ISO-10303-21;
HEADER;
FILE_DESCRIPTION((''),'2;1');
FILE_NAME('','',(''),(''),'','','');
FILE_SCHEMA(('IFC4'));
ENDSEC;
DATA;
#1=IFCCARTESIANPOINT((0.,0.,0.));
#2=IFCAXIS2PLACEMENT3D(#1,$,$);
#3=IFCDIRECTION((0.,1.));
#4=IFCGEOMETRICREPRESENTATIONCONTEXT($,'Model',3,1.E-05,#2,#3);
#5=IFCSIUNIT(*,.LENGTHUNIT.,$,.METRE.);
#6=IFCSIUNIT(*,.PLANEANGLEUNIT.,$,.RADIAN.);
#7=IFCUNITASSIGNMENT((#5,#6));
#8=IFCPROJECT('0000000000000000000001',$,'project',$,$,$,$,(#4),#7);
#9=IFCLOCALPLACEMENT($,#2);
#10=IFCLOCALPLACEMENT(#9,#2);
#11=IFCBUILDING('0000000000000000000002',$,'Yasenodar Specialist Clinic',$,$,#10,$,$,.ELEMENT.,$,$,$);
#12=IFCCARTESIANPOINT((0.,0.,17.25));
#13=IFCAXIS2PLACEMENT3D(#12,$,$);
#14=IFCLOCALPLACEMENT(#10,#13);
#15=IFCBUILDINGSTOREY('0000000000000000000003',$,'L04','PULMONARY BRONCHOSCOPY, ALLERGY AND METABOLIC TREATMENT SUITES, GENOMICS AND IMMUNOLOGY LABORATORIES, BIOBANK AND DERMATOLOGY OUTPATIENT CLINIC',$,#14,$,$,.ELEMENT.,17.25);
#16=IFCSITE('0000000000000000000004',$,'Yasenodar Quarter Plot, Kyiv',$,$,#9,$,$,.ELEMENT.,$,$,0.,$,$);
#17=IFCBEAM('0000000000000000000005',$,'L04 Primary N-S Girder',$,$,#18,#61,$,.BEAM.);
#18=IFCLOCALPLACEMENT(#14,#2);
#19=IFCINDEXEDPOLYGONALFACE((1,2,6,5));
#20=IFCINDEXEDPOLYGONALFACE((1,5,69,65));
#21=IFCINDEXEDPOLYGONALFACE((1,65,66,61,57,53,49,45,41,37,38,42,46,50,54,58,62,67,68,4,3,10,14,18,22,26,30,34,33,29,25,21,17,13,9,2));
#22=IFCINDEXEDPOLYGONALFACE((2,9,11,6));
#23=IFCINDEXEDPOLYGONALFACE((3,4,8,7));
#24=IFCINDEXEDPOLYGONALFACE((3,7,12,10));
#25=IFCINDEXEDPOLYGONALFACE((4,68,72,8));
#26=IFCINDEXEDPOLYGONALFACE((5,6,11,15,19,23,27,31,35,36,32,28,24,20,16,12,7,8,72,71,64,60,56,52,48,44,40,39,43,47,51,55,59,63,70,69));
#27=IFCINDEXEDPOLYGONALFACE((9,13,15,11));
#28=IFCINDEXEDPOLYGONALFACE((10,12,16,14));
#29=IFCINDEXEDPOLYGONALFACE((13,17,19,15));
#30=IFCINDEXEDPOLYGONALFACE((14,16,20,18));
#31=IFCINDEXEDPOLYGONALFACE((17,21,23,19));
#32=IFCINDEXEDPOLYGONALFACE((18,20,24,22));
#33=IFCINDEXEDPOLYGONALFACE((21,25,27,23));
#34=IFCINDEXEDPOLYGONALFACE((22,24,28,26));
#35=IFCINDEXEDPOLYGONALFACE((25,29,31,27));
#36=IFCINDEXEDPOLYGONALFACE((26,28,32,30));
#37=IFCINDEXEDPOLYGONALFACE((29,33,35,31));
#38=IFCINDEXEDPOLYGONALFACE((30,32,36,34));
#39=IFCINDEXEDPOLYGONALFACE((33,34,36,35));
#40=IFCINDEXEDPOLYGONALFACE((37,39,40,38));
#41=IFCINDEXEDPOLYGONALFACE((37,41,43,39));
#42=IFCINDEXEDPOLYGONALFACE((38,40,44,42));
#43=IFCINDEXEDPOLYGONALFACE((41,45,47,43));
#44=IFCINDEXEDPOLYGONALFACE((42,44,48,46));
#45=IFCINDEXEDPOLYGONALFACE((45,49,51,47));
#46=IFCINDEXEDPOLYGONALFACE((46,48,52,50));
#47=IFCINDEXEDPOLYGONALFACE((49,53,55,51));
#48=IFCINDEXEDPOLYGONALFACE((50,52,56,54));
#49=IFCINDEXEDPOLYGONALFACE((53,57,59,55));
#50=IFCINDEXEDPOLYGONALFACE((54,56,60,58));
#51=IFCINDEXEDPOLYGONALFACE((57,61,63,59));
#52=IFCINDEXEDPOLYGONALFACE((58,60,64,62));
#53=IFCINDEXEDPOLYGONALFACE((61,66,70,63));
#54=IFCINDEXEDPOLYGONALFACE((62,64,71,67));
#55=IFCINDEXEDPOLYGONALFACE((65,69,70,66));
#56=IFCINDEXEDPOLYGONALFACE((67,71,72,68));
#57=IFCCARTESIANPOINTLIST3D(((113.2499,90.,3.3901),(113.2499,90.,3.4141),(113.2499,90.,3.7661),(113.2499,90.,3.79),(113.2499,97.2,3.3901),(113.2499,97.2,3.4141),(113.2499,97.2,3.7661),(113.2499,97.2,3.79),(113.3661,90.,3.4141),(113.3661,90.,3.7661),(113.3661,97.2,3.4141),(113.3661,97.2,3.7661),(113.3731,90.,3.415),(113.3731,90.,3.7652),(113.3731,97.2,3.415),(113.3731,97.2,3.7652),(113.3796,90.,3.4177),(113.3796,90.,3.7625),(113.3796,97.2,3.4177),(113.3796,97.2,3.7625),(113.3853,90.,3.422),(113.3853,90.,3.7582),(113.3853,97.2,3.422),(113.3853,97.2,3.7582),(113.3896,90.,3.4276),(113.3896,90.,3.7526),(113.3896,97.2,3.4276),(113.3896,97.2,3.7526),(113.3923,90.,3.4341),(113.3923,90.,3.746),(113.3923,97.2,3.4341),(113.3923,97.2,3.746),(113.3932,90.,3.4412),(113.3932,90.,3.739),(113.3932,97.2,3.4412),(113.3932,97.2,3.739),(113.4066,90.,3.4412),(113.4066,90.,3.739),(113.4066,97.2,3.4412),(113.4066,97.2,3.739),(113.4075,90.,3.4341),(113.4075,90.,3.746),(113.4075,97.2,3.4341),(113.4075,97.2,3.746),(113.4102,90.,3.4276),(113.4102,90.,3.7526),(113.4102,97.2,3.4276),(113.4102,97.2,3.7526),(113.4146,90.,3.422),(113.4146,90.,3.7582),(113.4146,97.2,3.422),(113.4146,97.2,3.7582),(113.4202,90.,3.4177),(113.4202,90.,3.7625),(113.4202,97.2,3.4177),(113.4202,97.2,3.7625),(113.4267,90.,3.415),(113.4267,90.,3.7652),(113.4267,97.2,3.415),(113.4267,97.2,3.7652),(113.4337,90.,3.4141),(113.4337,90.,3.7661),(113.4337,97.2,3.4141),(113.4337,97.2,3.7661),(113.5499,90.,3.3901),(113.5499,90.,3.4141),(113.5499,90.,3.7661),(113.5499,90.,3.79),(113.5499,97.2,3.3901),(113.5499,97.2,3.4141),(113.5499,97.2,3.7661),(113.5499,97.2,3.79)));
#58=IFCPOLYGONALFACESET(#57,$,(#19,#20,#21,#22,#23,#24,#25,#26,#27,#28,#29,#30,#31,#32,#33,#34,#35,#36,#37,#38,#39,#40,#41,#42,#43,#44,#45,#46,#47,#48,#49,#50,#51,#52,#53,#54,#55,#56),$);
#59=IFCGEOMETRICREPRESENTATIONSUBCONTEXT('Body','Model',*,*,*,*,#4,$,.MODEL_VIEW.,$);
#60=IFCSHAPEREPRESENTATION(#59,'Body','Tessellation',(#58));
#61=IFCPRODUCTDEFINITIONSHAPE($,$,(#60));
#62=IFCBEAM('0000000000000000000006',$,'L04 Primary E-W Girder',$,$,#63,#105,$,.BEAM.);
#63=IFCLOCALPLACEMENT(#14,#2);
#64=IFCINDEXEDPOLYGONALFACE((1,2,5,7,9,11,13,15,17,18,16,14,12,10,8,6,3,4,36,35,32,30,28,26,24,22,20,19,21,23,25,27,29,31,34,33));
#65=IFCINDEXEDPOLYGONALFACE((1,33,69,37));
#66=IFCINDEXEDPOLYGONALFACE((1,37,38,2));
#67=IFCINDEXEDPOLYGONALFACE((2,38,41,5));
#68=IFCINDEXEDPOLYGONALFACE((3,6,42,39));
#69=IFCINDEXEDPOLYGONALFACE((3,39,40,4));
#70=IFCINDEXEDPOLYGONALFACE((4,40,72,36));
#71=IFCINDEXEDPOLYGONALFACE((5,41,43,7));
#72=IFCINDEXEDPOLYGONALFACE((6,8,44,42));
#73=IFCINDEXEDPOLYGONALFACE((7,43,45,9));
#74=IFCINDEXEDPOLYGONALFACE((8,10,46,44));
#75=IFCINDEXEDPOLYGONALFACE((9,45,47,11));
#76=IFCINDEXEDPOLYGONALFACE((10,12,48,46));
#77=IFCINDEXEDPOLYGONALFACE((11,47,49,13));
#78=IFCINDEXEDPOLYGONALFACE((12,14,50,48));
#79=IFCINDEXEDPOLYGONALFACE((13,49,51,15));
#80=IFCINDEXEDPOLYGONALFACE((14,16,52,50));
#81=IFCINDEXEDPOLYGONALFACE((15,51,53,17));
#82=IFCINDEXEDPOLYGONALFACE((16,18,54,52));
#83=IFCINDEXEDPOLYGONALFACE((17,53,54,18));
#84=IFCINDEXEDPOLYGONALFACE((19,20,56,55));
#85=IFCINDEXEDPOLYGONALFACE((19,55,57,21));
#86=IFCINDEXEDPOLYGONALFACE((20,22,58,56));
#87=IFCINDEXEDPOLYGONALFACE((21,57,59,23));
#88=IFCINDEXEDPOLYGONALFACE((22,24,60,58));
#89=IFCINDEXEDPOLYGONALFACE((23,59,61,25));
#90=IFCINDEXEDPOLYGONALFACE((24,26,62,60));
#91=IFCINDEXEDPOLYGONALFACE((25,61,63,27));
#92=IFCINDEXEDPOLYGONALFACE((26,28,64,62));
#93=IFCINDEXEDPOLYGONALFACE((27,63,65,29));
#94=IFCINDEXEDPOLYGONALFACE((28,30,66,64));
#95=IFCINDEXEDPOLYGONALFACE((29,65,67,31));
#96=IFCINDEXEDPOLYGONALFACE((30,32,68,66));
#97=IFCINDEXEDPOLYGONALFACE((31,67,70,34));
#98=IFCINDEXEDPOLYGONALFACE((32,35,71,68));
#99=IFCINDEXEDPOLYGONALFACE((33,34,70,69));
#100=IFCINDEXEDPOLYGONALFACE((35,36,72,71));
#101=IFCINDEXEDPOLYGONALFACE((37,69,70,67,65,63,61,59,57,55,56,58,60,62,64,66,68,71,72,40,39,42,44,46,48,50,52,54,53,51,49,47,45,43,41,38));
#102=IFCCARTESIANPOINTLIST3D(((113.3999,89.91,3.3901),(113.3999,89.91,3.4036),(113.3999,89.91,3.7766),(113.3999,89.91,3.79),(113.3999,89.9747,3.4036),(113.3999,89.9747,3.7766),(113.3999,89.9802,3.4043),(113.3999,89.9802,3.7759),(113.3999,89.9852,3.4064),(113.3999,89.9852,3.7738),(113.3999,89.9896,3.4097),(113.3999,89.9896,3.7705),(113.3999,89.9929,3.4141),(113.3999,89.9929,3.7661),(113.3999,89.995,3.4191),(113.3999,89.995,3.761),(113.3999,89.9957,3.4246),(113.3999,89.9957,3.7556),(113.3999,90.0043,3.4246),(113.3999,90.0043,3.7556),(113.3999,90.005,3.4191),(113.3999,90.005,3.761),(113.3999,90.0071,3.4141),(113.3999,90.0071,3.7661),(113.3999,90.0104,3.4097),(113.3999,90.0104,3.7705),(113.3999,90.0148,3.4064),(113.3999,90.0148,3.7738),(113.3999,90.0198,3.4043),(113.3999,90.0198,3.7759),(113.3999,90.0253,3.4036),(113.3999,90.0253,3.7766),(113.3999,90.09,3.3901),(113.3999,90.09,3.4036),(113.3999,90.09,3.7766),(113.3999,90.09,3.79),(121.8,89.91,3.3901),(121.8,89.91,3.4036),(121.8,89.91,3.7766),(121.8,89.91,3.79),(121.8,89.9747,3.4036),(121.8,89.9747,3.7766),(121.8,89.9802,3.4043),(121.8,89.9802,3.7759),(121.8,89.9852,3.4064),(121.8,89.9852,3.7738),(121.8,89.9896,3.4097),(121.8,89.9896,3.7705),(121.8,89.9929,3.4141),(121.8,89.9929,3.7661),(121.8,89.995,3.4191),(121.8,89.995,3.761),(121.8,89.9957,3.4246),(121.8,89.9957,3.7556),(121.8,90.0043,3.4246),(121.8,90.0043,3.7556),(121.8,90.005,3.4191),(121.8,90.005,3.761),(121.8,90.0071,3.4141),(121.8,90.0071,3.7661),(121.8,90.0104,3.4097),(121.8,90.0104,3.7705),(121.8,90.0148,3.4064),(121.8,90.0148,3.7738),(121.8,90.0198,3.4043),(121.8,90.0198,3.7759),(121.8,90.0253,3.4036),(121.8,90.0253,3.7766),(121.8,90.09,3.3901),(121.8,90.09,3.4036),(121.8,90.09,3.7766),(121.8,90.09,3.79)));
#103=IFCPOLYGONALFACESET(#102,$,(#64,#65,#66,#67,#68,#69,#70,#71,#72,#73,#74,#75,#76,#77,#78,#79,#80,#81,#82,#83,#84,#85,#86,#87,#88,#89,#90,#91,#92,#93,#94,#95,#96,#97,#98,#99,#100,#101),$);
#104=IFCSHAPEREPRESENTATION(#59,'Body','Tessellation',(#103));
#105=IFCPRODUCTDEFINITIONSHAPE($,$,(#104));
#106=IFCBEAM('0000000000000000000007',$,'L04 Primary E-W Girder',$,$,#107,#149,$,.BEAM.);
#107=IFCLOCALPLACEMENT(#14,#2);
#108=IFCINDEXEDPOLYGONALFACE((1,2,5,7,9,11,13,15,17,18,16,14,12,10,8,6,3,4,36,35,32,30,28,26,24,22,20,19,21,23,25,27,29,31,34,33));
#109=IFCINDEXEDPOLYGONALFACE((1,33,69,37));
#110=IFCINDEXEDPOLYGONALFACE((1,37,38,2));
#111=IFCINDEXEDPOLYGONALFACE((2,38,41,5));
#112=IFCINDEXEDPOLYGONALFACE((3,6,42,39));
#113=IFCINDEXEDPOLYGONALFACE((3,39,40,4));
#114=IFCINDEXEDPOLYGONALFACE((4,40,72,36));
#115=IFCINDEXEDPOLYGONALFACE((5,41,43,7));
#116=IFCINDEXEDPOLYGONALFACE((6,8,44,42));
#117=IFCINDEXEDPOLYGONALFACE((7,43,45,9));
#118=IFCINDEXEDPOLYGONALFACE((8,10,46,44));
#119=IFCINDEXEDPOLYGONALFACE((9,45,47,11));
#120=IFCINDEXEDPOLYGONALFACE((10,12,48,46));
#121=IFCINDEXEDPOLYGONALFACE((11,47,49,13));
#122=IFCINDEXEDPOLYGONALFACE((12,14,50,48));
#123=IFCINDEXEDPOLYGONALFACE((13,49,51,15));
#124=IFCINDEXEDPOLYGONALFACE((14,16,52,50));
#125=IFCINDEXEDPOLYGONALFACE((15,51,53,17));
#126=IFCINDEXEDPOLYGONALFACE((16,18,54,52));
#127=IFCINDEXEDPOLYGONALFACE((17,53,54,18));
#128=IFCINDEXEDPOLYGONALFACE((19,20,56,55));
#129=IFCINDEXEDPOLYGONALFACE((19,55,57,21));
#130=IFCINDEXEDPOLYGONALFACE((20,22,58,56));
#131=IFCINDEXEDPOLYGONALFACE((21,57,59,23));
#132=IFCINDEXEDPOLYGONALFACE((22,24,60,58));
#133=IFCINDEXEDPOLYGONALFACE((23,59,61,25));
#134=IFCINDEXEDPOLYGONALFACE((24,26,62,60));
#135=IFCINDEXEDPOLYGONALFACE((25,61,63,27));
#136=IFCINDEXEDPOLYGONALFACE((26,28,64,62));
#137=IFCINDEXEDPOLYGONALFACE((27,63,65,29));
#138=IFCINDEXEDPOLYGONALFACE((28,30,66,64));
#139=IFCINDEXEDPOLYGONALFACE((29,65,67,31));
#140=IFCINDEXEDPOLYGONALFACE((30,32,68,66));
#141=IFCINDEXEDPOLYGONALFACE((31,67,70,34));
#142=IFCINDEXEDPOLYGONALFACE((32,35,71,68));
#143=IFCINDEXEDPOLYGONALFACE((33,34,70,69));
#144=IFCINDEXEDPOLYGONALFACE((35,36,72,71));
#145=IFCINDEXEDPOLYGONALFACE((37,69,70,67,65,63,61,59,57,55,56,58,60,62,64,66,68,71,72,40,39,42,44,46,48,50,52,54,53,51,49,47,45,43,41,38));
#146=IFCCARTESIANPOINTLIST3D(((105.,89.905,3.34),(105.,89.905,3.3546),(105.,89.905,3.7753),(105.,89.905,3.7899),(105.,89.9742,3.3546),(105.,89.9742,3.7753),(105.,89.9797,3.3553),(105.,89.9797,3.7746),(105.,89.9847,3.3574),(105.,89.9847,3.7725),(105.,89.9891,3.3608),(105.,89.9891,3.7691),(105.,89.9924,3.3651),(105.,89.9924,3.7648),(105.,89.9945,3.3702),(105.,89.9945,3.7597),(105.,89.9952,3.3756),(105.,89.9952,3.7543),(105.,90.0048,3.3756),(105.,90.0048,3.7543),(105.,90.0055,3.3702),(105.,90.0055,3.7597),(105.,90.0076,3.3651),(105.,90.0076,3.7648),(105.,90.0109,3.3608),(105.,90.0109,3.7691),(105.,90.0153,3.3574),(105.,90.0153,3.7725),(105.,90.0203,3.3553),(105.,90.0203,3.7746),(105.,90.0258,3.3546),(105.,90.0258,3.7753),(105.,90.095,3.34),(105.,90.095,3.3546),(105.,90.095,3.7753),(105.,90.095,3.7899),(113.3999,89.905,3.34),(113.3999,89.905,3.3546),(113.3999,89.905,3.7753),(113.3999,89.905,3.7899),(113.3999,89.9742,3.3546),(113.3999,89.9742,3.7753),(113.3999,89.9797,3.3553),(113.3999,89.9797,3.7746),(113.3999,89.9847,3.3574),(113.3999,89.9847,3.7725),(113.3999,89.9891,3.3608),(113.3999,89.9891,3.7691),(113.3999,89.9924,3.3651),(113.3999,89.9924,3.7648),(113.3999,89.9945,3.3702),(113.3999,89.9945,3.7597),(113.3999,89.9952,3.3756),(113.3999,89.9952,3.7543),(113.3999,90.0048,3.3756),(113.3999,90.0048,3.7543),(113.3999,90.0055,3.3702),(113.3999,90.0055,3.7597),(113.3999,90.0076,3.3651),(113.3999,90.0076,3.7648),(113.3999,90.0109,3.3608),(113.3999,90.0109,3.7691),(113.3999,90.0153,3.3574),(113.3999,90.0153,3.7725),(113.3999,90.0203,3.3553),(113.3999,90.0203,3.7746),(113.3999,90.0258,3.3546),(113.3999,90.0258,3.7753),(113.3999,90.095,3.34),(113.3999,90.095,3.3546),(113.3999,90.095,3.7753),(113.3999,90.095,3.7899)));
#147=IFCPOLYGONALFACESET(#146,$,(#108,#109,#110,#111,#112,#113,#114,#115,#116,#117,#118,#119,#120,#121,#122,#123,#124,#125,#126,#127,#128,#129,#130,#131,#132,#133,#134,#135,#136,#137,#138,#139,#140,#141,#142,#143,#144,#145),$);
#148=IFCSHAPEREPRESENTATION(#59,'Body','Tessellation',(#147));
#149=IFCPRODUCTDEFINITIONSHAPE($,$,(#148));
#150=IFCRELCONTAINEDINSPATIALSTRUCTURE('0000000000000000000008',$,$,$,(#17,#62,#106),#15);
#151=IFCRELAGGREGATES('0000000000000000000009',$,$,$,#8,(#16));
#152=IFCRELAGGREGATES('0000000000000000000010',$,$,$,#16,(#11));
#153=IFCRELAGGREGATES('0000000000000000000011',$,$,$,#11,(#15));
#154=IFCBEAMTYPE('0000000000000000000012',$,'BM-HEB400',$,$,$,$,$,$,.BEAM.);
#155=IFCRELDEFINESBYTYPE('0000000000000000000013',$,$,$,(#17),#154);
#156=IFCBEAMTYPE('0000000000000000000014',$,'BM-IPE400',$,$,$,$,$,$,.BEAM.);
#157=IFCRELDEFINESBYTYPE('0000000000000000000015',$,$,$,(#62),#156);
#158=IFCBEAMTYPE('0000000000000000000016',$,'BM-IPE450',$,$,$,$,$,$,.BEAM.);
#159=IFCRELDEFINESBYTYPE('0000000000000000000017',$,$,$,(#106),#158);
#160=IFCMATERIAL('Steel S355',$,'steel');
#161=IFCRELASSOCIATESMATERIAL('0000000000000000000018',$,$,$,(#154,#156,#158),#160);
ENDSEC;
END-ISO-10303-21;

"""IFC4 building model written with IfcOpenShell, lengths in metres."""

from ifc_helpers import new_model, si_unit, direction, frame, origin, origin_2d, place, context, subcontext, project, spatial, i_section, extrude, material, material_profile, profile_set, type_object, element, save


model = new_model("IFC4")

# Units and contexts
model_context = context("Model", 3, precision=1e-05, world=origin(), true_north=direction((0.0, 1.0)))
body_context = subcontext(model_context, "Body", "Model", "MODEL_VIEW")
ifc_project = project(units=[si_unit("LENGTHUNIT", "METRE"), si_unit("PLANEANGLEUNIT", "RADIAN")], contexts=[model_context])

# Site, building, storey
site_placement = place(None, origin())
site = spatial("IfcSite", under=ifc_project, at=site_placement, Name="Yasenodar Quarter Plot, Kyiv", CompositionType="ELEMENT", RefElevation=0.0)
building_placement = place(site_placement, origin())
building = spatial("IfcBuilding", under=site, at=building_placement, Name="Yasenodar Specialist Clinic", CompositionType="ELEMENT")
storey_placement = place(building_placement, frame((0.0, 0.0, 17.25)))
storey = spatial("IfcBuildingStorey", under=building, at=storey_placement, Name="L04", Description="PULMONARY BRONCHOSCOPY, ALLERGY AND METABOLIC TREATMENT SUITES, GENOMICS AND IMMUNOLOGY LABORATORIES, BIOBANK AND DERMATOLOGY OUTPATIENT CLINIC", CompositionType="ELEMENT", Elevation=17.25)

# Shared definitions
ifc_material_1 = material(Name="Steel S355", Category="steel")

# Beams
ifc_material_profile_1 = material_profile(ifc_material_1, i_section(OverallWidth=0.3, OverallDepth=0.3999, WebThickness=0.0134, FlangeThickness=0.0239, FilletRadius=0.0271, at=origin_2d()), Name="HEB 400")
ifc_profile_set_1 = profile_set([ifc_material_profile_1], Name="Steel S355")
beam_type_1 = type_object("IfcBeamType", Name="BM-HEB400", PredefinedType="BEAM", material=ifc_profile_set_1)
beam_1_placement = place(storey_placement, frame((113.3999, 90.0, 3.5901), z_axis=(0.0, 1.0, 0.0), x_axis=(-1.0, 0.0, 0.0)))
element("IfcBeam", 1, at=beam_1_placement, inside=storey, type_object=beam_type_1, Name="L04 Primary N-S Girder", PredefinedType="BEAM", context=body_context, shape_type="SweptSolid", body=[
    extrude(i_section(OverallWidth=0.3, OverallDepth=0.3999, WebThickness=0.0134, FlangeThickness=0.0239, FilletRadius=0.0271, at=origin_2d()), origin(), (0.0, 0.0, 1.0), 7.2),
])
ifc_material_profile_2 = material_profile(ifc_material_1, i_section(OverallWidth=0.1799, OverallDepth=0.3999, WebThickness=0.0085, FlangeThickness=0.0134, FilletRadius=0.021, at=origin_2d()), Name="IPE 400")
ifc_profile_set_2 = profile_set([ifc_material_profile_2], Name="Steel S355")
beam_type_2 = type_object("IfcBeamType", Name="BM-IPE400", PredefinedType="BEAM", material=ifc_profile_set_2)
beam_2_placement = place(storey_placement, frame((113.3999, 90.0, 3.5901), z_axis=(1.0, 0.0, 0.0), x_axis=(0.0, 1.0, 0.0)))
element("IfcBeam", 2, at=beam_2_placement, inside=storey, type_object=beam_type_2, Name="L04 Primary E-W Girder", PredefinedType="BEAM", context=body_context, shape_type="SweptSolid", body=[
    extrude(i_section(OverallWidth=0.1799, OverallDepth=0.3999, WebThickness=0.0085, FlangeThickness=0.0134, FilletRadius=0.021, at=origin_2d()), origin(), (0.0, 0.0, 1.0), 8.4001),
])
ifc_material_profile_3 = material_profile(ifc_material_1, i_section(OverallWidth=0.1899, OverallDepth=0.45, WebThickness=0.0095, FlangeThickness=0.0146, FilletRadius=0.021, at=origin_2d()), Name="IPE 450")
ifc_profile_set_3 = profile_set([ifc_material_profile_3], Name="Steel S355")
beam_type_3 = type_object("IfcBeamType", Name="BM-IPE450", PredefinedType="BEAM", material=ifc_profile_set_3)
beam_3_placement = place(storey_placement, frame((105.0, 90.0, 3.5649), z_axis=(1.0, 0.0, 0.0), x_axis=(0.0, 1.0, 0.0)))
element("IfcBeam", 3, at=beam_3_placement, inside=storey, type_object=beam_type_3, Name="L04 Primary E-W Girder", PredefinedType="BEAM", context=body_context, shape_type="SweptSolid", body=[
    extrude(i_section(OverallWidth=0.1899, OverallDepth=0.45, WebThickness=0.0095, FlangeThickness=0.0146, FilletRadius=0.021, at=origin_2d()), origin(), (0.0, 0.0, 1.0), 8.3999),
])

save(model, "model.ifc")
